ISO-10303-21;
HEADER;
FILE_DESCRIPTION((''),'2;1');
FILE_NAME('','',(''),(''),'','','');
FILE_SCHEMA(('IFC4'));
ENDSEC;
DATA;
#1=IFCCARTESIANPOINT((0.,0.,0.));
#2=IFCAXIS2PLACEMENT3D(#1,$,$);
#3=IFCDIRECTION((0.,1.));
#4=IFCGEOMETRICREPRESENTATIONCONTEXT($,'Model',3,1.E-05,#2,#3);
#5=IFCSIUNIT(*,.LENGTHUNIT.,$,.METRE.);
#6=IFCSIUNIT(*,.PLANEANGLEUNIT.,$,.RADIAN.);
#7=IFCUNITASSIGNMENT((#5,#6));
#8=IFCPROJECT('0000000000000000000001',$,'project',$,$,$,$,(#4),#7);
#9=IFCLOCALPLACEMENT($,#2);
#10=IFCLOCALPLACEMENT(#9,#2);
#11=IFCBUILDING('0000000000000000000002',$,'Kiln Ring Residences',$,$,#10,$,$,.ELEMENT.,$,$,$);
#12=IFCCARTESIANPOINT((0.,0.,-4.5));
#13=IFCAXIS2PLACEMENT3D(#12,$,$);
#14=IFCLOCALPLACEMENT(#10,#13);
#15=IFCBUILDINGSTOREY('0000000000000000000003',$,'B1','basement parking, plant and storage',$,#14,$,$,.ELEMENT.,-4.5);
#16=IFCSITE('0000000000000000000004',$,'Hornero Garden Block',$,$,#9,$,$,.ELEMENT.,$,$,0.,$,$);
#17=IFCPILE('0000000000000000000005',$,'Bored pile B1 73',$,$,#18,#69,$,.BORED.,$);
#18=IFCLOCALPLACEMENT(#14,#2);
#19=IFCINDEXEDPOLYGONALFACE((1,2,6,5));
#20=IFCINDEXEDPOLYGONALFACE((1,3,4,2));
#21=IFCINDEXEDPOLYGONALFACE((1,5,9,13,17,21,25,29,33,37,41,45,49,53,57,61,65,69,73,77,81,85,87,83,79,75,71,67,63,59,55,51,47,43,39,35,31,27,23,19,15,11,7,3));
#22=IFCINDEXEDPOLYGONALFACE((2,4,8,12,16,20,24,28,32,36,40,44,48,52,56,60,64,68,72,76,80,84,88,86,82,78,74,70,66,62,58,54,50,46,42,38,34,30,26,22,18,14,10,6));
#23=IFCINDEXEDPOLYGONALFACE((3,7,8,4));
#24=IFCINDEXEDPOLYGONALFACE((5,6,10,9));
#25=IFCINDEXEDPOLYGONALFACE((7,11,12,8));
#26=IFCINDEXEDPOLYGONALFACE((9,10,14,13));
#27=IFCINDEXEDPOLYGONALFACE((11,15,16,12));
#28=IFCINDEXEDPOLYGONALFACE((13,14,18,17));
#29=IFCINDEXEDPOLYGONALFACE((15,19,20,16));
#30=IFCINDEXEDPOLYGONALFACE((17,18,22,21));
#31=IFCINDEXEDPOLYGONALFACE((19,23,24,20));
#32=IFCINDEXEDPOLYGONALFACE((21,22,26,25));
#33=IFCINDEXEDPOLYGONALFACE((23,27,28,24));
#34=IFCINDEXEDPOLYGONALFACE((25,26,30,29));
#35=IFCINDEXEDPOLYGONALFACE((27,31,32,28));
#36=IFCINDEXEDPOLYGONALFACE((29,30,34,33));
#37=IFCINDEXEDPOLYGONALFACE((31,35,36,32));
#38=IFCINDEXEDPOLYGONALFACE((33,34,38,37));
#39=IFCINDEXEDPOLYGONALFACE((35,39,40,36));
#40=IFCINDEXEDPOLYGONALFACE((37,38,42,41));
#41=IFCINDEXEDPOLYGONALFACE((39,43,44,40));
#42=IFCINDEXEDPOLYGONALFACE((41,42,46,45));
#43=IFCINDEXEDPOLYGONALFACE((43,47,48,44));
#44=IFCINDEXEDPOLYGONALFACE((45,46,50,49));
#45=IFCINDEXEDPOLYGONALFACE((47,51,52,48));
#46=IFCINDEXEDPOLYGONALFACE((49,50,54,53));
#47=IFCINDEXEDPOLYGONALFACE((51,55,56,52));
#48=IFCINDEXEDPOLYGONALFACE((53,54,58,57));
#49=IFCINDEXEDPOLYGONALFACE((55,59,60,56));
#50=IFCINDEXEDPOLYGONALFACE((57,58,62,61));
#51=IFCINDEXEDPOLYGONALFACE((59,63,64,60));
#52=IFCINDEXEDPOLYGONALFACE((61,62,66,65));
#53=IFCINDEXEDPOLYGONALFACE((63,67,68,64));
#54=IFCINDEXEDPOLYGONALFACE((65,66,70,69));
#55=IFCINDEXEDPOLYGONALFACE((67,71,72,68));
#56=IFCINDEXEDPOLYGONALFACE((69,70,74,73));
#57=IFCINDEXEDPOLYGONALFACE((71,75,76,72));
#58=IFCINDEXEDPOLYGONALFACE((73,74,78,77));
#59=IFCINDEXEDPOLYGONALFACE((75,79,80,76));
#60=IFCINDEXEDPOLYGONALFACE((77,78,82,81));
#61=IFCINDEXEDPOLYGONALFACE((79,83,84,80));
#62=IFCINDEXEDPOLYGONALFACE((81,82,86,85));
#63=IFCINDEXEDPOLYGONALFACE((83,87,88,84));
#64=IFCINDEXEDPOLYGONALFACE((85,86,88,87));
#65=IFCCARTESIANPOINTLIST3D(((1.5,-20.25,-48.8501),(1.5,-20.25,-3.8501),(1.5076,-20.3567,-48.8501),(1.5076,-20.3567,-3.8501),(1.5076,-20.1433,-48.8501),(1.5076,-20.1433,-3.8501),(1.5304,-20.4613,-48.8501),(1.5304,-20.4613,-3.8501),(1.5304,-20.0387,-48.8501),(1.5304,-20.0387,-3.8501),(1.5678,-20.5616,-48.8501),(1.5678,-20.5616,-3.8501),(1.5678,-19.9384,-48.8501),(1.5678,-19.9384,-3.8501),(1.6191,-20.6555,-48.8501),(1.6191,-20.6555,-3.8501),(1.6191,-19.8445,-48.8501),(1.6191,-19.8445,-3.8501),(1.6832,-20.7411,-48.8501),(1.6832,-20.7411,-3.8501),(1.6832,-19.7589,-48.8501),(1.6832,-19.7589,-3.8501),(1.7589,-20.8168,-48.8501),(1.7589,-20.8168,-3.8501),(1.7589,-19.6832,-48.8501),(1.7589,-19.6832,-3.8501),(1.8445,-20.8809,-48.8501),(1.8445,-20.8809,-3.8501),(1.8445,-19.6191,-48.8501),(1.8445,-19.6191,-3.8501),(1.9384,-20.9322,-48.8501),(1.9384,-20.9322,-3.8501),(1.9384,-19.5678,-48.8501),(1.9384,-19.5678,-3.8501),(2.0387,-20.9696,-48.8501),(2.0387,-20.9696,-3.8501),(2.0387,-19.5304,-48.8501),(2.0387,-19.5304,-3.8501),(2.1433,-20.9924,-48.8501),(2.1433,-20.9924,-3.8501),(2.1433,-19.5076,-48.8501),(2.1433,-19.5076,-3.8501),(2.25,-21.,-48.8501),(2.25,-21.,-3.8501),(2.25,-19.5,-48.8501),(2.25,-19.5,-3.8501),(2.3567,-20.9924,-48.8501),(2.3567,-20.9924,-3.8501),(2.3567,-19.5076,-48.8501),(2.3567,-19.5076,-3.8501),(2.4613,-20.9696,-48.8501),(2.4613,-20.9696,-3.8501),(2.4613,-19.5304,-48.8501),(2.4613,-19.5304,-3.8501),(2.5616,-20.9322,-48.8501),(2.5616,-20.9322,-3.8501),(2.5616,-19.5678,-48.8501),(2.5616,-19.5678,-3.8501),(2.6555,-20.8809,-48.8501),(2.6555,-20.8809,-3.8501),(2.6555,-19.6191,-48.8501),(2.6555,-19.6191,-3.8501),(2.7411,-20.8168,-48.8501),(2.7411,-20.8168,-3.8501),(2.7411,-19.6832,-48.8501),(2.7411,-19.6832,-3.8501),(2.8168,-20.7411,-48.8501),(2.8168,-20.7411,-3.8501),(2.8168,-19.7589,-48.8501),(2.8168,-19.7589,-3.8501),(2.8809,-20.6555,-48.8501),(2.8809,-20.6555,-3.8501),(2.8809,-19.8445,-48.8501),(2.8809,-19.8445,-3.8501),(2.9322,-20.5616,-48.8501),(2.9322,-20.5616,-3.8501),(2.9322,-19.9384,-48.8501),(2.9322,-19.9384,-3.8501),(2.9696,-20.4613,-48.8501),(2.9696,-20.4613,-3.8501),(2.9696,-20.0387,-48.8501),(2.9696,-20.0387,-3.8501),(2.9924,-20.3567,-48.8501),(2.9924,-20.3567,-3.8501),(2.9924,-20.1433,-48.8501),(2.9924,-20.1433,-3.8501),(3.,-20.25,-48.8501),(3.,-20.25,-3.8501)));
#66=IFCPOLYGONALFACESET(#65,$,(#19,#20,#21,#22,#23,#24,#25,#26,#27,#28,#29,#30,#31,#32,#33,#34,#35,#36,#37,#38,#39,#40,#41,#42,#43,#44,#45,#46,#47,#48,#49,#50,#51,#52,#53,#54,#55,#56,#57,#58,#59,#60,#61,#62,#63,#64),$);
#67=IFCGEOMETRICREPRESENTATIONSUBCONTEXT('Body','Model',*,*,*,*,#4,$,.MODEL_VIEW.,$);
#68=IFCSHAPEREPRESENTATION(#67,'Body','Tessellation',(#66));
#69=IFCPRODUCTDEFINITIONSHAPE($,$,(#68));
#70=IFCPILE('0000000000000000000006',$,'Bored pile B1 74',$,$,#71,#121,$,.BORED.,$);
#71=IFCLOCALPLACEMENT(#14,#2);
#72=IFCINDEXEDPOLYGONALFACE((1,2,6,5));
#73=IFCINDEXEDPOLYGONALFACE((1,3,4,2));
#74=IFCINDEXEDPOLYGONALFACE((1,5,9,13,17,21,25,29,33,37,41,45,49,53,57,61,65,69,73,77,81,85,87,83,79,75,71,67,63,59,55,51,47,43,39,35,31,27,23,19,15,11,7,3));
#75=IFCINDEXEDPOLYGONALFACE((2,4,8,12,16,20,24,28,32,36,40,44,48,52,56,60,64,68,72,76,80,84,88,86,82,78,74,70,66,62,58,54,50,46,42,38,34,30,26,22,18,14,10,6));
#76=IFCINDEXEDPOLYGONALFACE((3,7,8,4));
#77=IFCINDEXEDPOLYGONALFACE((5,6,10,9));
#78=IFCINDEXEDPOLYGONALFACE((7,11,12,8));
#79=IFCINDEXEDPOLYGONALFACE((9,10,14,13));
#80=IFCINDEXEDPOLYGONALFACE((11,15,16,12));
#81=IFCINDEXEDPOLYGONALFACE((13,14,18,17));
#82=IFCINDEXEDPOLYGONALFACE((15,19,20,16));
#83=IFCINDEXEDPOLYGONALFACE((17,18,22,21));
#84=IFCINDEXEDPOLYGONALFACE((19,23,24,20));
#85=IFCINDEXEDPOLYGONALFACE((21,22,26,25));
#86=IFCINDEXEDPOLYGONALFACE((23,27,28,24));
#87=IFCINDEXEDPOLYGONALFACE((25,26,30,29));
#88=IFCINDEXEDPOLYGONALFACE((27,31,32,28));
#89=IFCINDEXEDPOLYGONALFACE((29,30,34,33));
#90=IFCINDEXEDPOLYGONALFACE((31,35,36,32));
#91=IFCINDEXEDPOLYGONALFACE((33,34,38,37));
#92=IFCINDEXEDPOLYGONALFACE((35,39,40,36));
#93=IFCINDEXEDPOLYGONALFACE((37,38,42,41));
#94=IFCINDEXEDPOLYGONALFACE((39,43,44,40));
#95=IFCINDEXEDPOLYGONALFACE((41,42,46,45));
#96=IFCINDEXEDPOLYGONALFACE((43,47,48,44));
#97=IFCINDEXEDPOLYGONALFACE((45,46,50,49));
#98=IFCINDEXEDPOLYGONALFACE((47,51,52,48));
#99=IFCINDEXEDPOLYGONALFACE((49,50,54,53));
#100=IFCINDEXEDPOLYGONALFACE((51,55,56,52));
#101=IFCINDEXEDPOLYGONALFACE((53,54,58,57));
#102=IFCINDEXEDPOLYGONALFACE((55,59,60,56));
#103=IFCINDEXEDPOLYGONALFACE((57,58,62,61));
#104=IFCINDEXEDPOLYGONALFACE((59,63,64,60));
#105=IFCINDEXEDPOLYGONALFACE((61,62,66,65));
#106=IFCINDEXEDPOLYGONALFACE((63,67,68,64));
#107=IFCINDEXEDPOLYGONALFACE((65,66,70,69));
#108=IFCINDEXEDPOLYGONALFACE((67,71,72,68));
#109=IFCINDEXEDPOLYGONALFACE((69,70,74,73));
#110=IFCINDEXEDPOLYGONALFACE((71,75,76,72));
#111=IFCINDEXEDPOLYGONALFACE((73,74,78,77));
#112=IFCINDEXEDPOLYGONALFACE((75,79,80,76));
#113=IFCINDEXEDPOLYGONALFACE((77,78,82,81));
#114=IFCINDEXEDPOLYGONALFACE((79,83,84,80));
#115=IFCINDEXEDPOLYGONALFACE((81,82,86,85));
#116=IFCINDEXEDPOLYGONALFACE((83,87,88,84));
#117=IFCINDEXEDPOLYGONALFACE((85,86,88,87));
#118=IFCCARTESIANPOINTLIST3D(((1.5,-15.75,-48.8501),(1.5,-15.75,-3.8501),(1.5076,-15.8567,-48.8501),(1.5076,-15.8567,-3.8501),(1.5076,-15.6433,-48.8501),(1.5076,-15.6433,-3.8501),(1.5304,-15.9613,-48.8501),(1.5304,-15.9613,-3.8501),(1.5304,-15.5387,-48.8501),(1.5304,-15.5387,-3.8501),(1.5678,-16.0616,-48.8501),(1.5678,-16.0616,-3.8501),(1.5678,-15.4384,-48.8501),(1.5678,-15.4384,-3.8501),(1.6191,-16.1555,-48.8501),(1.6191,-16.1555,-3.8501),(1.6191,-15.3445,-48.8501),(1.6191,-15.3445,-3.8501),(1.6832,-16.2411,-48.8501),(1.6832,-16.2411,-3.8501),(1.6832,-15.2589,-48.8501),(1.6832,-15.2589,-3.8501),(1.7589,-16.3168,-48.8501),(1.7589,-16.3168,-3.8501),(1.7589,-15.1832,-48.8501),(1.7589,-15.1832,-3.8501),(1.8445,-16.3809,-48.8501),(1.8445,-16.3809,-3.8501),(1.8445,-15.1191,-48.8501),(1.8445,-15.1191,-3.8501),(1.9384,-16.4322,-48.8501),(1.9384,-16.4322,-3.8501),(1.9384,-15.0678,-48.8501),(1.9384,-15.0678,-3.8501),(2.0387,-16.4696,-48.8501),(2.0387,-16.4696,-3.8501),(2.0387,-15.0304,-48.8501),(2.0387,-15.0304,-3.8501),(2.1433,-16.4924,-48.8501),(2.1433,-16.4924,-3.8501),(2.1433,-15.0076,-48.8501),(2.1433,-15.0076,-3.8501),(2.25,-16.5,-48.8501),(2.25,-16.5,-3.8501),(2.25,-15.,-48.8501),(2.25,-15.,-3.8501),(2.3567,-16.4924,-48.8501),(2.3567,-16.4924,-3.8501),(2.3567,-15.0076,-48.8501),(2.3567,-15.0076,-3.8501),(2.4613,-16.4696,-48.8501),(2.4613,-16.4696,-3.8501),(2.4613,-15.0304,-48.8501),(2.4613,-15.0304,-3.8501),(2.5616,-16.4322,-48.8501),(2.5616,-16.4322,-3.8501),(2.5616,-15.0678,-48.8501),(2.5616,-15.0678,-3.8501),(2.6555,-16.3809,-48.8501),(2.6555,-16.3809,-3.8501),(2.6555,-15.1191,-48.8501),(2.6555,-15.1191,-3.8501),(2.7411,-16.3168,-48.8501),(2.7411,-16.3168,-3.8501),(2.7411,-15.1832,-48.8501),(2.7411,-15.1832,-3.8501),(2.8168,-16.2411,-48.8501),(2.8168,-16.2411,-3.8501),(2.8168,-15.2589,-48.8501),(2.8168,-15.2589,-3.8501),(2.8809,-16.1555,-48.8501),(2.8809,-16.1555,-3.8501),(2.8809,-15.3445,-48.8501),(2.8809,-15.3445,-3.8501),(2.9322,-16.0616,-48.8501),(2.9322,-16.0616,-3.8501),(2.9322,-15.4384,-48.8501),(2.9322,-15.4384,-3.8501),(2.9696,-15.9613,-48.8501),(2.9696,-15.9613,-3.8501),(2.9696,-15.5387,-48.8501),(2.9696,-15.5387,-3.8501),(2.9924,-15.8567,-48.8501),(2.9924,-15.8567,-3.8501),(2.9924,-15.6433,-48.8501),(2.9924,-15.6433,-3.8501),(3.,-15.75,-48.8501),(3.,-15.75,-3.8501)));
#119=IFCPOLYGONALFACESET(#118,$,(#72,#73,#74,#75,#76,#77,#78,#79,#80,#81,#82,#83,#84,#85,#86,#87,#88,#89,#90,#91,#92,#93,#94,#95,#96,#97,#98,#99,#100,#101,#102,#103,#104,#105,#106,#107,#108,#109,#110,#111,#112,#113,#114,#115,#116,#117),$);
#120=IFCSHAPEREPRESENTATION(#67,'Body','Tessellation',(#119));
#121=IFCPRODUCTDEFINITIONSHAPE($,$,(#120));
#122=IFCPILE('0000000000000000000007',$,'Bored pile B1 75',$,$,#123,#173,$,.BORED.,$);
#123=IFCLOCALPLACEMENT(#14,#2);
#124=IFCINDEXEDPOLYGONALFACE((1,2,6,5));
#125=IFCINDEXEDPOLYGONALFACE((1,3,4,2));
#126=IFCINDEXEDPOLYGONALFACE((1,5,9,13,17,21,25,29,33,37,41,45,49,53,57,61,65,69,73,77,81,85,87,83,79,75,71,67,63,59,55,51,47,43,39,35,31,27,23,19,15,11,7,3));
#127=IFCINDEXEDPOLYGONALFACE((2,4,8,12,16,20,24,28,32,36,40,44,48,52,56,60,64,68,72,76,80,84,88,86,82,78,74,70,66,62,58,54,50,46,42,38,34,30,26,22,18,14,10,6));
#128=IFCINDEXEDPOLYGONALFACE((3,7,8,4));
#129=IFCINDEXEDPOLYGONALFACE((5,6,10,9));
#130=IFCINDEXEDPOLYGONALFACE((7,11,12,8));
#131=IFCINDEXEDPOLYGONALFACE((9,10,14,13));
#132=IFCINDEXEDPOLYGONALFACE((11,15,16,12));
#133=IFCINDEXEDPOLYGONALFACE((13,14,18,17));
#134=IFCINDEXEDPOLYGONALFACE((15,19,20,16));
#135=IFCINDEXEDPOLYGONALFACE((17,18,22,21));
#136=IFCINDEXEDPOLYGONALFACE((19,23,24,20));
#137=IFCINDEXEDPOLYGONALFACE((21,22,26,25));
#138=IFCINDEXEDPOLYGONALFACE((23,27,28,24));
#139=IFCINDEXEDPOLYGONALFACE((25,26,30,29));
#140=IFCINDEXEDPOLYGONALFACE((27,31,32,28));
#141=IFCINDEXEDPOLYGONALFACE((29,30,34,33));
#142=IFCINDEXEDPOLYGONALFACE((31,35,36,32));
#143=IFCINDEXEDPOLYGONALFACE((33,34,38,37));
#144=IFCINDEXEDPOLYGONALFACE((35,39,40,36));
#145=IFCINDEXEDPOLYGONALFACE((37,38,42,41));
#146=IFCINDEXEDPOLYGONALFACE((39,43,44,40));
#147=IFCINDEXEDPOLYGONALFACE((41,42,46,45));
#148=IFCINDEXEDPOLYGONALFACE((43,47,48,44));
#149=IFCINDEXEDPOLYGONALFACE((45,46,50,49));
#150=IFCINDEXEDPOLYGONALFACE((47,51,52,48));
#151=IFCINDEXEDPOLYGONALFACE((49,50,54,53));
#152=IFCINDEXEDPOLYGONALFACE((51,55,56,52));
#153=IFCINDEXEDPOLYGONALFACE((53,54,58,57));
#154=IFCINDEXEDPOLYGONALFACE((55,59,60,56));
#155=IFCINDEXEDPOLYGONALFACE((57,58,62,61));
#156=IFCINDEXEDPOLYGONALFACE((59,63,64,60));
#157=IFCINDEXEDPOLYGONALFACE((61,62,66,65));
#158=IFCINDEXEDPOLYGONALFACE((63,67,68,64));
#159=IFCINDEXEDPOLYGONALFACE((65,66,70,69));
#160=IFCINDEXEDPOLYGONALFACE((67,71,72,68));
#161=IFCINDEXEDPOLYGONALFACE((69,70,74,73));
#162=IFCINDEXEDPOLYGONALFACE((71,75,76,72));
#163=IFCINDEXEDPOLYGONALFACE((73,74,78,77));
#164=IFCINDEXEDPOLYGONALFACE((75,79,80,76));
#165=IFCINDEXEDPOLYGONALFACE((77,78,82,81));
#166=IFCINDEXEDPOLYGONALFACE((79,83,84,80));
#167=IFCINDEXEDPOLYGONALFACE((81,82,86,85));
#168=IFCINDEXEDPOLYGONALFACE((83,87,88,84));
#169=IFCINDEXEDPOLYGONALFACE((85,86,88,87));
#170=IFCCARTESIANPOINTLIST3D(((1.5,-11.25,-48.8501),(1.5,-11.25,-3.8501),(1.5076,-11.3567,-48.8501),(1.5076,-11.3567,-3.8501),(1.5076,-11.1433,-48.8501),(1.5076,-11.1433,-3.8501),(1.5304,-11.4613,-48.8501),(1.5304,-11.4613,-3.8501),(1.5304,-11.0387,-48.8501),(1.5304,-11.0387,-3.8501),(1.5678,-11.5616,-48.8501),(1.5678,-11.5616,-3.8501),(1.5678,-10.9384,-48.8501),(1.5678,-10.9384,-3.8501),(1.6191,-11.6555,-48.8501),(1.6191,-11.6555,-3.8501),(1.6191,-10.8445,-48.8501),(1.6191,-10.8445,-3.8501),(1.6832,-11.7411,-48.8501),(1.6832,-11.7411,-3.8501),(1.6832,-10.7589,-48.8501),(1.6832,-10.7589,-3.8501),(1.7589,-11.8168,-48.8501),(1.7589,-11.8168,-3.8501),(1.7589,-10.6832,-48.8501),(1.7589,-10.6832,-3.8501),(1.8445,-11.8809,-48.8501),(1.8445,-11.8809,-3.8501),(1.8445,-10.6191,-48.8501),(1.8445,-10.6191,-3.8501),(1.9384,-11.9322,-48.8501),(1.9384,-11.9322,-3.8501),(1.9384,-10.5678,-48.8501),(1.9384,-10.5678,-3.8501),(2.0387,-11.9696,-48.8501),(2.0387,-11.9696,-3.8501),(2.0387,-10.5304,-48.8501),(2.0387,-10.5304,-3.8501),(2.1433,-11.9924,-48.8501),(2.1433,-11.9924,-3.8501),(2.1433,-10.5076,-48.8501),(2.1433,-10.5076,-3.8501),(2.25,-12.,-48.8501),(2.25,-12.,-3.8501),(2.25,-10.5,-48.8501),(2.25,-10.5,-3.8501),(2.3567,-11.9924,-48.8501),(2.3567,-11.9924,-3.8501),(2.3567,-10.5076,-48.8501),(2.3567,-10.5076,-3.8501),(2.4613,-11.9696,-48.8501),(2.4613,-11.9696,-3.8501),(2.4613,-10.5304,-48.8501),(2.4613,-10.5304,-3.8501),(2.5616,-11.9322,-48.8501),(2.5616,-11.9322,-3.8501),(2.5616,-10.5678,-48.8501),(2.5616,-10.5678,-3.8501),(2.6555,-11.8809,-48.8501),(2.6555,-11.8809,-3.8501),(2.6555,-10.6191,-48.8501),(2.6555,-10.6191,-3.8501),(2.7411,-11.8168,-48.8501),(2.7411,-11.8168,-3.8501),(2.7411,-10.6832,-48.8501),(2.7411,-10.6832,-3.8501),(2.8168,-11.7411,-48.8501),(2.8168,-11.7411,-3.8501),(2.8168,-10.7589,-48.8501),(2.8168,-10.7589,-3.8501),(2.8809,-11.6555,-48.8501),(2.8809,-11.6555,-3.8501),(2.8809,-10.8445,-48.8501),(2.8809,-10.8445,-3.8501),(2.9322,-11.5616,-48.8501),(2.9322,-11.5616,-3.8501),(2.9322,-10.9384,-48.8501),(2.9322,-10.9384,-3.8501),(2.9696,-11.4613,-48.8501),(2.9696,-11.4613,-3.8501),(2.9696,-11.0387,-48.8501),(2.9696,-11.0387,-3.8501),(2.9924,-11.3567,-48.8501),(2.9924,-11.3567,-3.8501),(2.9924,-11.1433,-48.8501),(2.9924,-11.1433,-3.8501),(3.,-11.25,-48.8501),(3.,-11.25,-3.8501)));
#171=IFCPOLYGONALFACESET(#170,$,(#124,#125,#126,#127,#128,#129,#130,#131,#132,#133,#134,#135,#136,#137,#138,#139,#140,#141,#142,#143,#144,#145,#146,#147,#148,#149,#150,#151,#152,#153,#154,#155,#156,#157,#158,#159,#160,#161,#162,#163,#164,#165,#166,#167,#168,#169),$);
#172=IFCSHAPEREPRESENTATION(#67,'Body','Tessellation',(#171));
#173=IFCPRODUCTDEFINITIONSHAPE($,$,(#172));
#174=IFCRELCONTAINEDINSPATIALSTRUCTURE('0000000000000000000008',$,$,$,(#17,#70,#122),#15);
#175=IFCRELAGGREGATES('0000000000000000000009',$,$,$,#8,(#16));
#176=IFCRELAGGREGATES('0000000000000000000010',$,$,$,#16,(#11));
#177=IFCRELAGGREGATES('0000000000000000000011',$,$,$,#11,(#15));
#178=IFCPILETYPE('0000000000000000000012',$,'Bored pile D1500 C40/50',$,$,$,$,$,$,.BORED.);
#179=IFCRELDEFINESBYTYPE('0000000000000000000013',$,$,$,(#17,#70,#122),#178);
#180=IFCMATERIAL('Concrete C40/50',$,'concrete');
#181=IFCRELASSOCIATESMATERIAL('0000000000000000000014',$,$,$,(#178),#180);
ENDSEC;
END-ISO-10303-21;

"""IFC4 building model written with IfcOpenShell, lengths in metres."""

from ifc_helpers import new_model, si_unit, direction, frame, origin, origin_2d, place, context, subcontext, project, spatial, circle, extrude, material, material_profile, profile_set, type_object, element, save


model = new_model("IFC4")

# Units and contexts
model_context = context("Model", 3, precision=1e-05, world=origin(), true_north=direction((0.0, 1.0)))
body_context = subcontext(model_context, "Body", "Model", "MODEL_VIEW")
ifc_project = project(units=[si_unit("LENGTHUNIT", "METRE"), si_unit("PLANEANGLEUNIT", "RADIAN")], contexts=[model_context])

# Site, building, storey
site_placement = place(None, origin())
site = spatial("IfcSite", under=ifc_project, at=site_placement, Name="Hornero Garden Block", CompositionType="ELEMENT", RefElevation=0.0)
building_placement = place(site_placement, origin())
building = spatial("IfcBuilding", under=site, at=building_placement, Name="Kiln Ring Residences", CompositionType="ELEMENT")
storey_placement = place(building_placement, frame((0.0, 0.0, -4.5)))
storey = spatial("IfcBuildingStorey", under=building, at=storey_placement, Name="B1", Description="basement parking, plant and storage", CompositionType="ELEMENT", Elevation=-4.5)

# Piles
ifc_material_1 = material(Name="Concrete C40/50", Category="concrete")
ifc_material_profile = material_profile(ifc_material_1, circle(Radius=0.75, at=origin_2d()), Name="BORED1500")
ifc_profile_set = profile_set([ifc_material_profile], Name="Concrete C40/50")
pile_type = type_object("IfcPileType", Name="Bored pile D1500 C40/50", PredefinedType="BORED", material=ifc_profile_set)
for number, where, z_axis, x_axis, name in (
    (1, (2.25, -20.25, -3.8501), (0.0, 0.0, -1.0), (1.0, 0.0, 0.0), "Bored pile B1 73"),
    (2, (2.25, -15.75, -3.8501), (0.0, 0.0, -1.0), (1.0, 0.0, 0.0), "Bored pile B1 74"),
    (3, (2.25, -11.25, -3.8501), (0.0, 0.0, -1.0), (1.0, 0.0, 0.0), "Bored pile B1 75"),
):
    element("IfcPile", number, at=place(storey_placement, frame(where, z_axis=z_axis, x_axis=x_axis)), inside=storey, type_object=pile_type, Name=name, PredefinedType="BORED", context=body_context, shape_type="SweptSolid", body=[
        extrude(circle(Radius=0.75, at=origin_2d()), origin(), (0.0, 0.0, 1.0), 45.0),
    ])

save(model, "model.ifc")
